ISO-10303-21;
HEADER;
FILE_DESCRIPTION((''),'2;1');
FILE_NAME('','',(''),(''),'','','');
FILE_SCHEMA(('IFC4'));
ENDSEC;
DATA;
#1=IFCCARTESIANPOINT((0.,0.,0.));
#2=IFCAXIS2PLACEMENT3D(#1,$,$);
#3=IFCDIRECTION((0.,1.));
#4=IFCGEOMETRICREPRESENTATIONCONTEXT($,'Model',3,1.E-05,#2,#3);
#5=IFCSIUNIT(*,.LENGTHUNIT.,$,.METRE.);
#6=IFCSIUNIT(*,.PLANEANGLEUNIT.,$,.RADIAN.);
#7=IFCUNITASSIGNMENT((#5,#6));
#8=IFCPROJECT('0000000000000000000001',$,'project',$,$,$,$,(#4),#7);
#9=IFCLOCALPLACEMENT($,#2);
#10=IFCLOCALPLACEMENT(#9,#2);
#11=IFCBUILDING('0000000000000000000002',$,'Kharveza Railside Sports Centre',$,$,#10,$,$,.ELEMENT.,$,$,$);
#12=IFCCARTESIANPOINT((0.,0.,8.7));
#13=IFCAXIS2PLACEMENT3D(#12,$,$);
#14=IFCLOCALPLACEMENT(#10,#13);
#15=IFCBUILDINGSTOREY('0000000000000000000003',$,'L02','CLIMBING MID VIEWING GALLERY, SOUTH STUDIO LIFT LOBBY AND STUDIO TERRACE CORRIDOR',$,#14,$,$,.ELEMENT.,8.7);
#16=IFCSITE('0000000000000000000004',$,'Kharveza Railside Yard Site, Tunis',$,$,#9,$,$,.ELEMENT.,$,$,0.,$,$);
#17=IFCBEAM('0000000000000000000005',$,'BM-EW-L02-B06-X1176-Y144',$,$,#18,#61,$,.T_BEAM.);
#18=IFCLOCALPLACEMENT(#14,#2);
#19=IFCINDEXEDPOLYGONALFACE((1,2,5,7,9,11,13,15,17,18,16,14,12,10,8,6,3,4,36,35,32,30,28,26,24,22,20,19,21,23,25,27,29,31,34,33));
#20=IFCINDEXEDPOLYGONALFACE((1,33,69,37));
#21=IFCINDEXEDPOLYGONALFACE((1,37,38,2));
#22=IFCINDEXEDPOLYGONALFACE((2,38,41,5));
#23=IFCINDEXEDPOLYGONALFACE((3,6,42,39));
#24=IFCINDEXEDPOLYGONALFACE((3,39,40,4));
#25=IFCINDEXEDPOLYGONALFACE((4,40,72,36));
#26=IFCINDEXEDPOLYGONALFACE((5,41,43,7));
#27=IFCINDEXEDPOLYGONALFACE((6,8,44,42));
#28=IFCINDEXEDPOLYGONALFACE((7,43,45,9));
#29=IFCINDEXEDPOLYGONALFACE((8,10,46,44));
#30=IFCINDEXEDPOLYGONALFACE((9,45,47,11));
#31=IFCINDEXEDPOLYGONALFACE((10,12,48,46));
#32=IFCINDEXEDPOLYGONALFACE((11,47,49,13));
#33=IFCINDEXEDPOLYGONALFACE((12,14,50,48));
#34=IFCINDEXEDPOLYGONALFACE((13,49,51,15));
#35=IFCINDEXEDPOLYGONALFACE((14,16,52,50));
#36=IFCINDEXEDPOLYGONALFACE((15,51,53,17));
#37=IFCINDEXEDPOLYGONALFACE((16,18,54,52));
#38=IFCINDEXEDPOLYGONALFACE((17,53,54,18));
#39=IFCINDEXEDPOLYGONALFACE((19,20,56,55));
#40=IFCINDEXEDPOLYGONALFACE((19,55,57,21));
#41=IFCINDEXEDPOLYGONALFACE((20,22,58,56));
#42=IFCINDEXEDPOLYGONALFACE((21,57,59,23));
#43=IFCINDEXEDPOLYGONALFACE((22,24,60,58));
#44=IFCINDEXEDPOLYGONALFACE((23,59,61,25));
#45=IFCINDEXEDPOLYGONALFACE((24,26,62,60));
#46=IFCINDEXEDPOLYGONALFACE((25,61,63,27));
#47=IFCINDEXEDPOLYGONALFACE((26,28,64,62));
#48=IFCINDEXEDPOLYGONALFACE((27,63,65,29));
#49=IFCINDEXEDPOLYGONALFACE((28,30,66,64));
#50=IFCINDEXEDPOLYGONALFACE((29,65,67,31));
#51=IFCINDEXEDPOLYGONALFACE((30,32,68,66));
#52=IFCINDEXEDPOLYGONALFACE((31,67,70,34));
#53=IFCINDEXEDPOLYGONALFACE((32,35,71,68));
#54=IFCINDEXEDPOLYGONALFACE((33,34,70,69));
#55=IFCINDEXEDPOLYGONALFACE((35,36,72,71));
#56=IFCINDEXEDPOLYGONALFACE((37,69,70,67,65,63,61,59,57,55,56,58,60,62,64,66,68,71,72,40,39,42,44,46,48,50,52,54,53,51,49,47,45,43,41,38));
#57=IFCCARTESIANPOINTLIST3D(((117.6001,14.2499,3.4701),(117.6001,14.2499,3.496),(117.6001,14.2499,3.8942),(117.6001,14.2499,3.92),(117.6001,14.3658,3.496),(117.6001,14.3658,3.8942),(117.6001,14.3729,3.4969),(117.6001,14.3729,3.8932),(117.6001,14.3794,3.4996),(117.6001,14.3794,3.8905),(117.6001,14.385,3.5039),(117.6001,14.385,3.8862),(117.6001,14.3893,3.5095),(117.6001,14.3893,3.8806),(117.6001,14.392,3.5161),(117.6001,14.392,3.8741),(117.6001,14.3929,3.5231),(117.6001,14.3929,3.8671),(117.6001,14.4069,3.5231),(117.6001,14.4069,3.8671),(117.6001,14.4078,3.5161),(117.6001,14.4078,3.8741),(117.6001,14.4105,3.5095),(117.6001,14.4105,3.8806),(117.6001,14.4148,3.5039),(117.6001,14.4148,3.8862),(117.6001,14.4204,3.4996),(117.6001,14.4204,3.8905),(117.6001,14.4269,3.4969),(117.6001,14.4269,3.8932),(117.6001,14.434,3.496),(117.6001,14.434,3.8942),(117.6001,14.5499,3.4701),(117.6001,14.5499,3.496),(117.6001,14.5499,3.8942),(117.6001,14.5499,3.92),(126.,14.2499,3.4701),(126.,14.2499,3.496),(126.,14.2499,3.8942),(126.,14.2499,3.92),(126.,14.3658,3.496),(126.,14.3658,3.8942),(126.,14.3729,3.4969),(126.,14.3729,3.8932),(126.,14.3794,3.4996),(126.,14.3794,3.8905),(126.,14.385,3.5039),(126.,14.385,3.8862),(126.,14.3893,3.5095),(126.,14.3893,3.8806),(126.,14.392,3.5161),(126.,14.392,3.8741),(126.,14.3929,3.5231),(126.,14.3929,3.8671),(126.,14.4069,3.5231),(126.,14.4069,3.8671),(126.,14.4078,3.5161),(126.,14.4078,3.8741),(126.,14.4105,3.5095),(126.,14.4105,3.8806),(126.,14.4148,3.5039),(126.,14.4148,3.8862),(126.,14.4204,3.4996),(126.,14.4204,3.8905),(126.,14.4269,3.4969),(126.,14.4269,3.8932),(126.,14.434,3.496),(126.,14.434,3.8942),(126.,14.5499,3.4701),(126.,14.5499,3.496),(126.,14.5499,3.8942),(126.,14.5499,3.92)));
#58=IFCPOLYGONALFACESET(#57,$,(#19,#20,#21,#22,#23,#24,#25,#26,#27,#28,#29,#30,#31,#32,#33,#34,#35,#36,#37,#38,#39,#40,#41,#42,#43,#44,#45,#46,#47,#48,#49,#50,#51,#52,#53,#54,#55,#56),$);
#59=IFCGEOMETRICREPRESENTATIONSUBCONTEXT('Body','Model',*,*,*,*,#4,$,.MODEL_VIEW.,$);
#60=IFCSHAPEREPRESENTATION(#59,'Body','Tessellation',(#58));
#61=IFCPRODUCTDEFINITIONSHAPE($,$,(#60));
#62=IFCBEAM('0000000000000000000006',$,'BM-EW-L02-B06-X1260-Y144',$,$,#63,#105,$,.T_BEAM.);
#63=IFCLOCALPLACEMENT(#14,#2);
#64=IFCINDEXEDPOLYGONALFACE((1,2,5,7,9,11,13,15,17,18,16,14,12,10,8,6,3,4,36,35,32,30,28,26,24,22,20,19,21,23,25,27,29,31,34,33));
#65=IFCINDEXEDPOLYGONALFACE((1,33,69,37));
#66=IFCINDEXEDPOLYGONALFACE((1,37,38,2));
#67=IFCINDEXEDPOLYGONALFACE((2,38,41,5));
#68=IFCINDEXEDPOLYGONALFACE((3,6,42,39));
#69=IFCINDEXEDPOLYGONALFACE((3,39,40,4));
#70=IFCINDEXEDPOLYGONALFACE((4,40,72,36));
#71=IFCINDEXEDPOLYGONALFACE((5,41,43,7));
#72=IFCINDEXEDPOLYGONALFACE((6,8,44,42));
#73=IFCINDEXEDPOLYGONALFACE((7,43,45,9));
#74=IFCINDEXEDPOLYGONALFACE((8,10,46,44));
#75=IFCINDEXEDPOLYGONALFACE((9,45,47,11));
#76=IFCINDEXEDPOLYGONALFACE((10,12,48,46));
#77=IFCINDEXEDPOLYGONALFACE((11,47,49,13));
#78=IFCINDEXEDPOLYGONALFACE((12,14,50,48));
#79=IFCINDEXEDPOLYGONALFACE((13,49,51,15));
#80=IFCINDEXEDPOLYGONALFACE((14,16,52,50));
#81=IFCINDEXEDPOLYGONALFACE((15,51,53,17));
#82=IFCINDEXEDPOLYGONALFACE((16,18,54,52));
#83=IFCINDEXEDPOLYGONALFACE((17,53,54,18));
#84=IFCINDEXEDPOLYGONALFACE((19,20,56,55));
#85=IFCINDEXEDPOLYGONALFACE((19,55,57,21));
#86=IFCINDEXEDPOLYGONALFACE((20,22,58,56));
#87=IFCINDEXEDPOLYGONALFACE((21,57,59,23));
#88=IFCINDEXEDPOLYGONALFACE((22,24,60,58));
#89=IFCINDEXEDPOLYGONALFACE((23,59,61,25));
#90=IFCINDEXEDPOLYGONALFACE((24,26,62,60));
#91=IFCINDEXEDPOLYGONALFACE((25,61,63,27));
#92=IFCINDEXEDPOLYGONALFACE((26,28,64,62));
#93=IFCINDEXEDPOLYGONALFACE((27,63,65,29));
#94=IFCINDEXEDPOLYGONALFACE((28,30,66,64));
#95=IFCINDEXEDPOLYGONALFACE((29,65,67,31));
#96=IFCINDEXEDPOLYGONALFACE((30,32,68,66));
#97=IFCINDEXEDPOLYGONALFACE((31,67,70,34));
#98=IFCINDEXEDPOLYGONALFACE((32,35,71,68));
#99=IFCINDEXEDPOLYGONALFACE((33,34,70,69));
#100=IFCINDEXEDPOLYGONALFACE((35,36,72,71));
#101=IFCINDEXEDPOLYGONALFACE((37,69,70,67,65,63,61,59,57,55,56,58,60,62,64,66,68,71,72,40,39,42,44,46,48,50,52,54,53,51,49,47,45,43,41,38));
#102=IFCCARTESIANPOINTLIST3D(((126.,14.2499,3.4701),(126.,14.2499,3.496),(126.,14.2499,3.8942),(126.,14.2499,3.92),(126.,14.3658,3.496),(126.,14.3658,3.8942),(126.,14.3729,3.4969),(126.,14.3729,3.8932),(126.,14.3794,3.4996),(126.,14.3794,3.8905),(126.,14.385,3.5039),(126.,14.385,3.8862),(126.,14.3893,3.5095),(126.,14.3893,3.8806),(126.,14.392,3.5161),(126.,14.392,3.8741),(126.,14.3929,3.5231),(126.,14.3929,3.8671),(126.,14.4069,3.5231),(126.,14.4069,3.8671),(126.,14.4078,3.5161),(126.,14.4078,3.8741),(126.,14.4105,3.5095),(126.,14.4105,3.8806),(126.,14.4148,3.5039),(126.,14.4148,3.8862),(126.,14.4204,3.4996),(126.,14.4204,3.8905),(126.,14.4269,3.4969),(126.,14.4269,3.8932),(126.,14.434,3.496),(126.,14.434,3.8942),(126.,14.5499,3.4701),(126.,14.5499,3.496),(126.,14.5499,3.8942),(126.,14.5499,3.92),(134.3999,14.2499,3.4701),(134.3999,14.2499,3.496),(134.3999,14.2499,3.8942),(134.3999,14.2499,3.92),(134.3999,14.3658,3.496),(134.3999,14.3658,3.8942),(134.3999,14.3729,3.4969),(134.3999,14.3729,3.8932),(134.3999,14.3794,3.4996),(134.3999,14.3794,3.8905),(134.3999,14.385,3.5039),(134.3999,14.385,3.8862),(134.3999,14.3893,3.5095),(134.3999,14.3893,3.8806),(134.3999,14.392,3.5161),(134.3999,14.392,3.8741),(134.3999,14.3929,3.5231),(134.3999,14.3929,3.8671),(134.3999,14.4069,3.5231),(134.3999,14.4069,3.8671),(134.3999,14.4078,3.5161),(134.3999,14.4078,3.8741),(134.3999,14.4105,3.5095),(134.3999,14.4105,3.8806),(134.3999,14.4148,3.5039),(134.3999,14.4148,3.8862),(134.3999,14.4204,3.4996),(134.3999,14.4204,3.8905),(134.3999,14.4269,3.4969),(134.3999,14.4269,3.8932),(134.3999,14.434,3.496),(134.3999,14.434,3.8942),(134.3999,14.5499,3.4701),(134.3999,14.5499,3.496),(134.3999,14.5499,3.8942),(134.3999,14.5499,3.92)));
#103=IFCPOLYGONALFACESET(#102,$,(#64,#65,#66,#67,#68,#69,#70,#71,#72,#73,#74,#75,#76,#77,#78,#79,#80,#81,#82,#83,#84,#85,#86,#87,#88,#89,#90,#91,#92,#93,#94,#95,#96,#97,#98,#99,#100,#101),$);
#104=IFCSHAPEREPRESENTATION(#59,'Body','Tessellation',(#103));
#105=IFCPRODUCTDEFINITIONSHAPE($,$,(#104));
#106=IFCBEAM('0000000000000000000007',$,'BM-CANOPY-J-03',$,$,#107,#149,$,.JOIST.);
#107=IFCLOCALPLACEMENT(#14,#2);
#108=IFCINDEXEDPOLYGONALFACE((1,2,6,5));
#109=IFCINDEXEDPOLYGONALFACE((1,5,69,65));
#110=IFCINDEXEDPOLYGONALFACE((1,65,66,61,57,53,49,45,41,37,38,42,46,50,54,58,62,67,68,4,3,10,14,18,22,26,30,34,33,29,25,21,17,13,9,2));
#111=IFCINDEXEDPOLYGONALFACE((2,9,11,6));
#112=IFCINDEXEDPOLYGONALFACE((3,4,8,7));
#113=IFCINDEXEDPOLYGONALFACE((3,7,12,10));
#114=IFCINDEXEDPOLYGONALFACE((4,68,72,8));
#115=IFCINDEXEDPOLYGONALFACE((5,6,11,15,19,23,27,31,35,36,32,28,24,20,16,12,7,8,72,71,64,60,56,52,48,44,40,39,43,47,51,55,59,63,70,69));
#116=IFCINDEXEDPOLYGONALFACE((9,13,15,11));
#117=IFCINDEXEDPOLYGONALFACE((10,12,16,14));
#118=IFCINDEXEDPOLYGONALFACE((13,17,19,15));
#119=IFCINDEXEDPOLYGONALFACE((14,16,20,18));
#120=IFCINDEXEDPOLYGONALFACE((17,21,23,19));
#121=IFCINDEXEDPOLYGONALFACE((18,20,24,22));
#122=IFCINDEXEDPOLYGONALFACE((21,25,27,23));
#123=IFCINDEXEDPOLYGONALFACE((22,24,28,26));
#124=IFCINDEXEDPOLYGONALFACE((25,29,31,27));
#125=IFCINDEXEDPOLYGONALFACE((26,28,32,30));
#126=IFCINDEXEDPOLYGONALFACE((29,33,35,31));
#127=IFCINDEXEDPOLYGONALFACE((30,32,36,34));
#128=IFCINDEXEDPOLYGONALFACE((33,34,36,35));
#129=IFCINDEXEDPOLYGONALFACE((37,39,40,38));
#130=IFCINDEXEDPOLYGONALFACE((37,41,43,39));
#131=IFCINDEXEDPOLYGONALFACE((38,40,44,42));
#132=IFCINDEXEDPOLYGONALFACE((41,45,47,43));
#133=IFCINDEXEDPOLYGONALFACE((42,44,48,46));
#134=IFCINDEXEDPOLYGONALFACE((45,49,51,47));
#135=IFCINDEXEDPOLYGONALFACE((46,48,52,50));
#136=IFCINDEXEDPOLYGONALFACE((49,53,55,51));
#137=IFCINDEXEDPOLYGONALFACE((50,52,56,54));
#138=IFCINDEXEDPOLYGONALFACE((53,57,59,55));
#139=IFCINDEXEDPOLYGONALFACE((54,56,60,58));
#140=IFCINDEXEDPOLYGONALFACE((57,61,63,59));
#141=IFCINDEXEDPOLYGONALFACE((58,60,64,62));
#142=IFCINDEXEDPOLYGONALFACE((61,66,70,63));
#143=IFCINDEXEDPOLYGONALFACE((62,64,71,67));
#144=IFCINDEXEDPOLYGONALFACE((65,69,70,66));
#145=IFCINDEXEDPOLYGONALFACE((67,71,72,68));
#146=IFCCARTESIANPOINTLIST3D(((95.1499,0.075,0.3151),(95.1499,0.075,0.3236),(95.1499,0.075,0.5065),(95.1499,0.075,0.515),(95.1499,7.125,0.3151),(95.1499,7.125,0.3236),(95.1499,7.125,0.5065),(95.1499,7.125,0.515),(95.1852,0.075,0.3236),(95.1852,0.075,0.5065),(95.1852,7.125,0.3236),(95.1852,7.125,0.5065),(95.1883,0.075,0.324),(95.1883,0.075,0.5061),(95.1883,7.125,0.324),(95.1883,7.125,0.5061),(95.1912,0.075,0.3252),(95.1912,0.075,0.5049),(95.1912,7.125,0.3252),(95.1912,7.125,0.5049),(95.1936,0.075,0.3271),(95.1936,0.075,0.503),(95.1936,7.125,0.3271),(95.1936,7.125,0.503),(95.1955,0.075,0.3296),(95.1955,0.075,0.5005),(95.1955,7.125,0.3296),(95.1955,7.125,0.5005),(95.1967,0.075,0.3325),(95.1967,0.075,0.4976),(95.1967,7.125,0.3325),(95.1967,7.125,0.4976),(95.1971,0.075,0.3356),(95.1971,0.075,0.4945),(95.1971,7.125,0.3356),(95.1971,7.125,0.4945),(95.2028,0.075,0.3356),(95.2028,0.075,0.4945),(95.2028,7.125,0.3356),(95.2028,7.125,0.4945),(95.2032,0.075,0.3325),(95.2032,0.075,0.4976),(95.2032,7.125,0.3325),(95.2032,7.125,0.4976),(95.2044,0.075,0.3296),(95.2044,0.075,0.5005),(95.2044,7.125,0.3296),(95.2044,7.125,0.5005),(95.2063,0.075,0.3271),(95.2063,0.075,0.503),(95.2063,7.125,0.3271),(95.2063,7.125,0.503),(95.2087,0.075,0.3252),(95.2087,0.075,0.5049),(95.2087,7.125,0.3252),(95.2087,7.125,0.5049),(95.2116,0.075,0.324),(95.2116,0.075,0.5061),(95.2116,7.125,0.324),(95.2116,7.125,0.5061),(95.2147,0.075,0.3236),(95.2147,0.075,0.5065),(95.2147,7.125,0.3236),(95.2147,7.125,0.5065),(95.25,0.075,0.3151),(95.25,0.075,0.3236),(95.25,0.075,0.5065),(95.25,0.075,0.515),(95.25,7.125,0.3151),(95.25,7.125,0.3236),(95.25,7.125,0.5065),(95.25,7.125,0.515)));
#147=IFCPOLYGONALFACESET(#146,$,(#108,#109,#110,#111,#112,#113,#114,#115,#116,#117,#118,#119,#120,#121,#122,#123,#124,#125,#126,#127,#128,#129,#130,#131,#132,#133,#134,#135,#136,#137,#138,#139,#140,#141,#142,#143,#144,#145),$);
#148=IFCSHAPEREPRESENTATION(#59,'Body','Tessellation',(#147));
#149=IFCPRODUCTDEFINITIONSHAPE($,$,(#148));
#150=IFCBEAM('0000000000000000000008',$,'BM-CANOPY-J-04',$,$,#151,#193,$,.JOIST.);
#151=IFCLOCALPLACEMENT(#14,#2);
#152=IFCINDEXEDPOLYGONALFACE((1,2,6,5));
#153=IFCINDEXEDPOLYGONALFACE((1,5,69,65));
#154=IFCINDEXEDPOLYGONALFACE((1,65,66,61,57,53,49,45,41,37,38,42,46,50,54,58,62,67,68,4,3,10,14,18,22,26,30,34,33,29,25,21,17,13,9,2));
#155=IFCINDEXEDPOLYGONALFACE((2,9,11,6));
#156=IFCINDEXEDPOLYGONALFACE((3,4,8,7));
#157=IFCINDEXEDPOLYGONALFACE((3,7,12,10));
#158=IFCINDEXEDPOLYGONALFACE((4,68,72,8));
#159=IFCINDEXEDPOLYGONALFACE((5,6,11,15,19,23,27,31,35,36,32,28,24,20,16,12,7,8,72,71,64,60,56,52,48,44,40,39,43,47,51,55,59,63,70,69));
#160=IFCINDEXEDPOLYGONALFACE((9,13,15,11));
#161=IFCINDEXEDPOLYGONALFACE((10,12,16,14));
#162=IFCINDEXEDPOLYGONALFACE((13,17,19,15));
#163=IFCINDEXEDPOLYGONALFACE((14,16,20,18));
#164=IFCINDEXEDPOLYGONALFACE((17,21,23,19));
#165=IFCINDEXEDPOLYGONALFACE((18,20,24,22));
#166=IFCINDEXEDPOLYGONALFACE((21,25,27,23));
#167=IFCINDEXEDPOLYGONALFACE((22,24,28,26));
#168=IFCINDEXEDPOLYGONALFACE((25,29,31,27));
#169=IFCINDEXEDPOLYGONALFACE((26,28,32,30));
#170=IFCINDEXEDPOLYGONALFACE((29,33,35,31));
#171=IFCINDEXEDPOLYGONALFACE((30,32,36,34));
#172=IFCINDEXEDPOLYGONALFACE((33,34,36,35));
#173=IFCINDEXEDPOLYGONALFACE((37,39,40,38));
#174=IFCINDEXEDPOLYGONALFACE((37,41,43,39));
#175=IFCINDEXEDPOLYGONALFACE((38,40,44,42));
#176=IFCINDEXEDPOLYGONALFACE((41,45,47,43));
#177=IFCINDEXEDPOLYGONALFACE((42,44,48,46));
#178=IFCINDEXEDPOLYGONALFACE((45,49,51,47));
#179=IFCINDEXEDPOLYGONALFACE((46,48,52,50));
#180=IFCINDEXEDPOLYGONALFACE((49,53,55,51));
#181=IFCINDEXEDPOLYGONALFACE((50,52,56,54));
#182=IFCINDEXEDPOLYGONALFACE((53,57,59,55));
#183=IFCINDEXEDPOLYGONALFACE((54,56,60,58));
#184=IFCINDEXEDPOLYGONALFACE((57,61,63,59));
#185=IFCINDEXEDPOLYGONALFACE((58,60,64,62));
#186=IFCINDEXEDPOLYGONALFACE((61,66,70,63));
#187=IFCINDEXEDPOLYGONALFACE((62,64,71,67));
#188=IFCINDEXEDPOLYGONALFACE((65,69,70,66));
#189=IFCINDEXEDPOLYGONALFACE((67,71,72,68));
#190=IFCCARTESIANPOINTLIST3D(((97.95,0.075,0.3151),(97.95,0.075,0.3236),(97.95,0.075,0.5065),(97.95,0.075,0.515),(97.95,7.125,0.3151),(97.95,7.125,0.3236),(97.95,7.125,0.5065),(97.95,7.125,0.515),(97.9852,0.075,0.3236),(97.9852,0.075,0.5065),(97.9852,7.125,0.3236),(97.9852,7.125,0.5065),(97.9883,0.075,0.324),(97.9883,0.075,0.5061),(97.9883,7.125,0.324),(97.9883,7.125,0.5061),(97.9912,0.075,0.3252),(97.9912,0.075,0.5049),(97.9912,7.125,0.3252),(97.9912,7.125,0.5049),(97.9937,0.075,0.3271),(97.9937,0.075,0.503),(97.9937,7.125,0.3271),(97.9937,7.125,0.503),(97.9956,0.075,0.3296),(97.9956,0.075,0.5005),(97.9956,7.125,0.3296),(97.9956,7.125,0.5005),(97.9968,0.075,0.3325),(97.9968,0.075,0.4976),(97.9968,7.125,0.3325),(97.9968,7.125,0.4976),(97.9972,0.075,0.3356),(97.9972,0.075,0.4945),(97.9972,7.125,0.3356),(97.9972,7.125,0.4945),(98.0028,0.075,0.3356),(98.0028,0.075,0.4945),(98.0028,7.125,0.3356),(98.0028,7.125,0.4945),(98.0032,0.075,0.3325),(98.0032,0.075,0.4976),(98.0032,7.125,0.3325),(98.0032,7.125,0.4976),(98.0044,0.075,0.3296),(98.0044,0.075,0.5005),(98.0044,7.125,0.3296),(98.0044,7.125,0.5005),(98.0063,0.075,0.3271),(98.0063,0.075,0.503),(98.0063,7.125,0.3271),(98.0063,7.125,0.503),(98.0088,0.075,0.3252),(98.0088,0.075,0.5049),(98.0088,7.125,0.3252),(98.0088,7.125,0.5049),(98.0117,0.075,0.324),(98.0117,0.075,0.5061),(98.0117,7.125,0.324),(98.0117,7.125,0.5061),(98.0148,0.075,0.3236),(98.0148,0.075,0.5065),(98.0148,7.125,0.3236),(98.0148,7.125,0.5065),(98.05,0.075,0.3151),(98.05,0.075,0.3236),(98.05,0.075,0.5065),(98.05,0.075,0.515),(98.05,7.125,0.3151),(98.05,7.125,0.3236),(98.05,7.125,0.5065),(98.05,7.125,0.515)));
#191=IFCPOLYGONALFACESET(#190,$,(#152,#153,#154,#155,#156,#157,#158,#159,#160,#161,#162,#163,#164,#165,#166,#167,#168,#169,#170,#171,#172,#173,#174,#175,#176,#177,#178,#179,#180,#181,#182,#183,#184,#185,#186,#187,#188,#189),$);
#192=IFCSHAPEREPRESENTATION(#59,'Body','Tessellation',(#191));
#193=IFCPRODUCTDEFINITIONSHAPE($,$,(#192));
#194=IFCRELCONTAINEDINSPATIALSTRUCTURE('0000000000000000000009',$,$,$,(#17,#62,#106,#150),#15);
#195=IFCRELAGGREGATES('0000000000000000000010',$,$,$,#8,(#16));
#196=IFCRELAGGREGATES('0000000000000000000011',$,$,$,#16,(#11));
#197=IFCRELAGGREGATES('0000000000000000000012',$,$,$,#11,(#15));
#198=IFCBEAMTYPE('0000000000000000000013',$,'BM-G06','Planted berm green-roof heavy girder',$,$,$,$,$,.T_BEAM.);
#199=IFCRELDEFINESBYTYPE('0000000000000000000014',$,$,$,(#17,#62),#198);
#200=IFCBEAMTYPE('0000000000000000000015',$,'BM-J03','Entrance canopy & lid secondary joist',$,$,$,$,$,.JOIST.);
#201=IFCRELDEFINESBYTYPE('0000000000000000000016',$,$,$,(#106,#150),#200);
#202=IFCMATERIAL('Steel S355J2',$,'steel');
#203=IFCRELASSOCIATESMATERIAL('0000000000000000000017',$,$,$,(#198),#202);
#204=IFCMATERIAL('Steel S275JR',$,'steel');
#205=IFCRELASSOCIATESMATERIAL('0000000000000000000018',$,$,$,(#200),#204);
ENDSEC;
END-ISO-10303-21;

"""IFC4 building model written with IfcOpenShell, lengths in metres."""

from ifc_helpers import new_model, si_unit, direction, frame, origin, origin_2d, place, context, subcontext, project, spatial, i_section, extrude, material, material_profile, profile_set, type_object, element, save


model = new_model("IFC4")

# Units and contexts
model_context = context("Model", 3, precision=1e-05, world=origin(), true_north=direction((0.0, 1.0)))
body_context = subcontext(model_context, "Body", "Model", "MODEL_VIEW")
ifc_project = project(units=[si_unit("LENGTHUNIT", "METRE"), si_unit("PLANEANGLEUNIT", "RADIAN")], contexts=[model_context])

# Site, building, storey
site_placement = place(None, origin())
site = spatial("IfcSite", under=ifc_project, at=site_placement, Name="Kharveza Railside Yard Site, Tunis", CompositionType="ELEMENT", RefElevation=0.0)
building_placement = place(site_placement, origin())
building = spatial("IfcBuilding", under=site, at=building_placement, Name="Kharveza Railside Sports Centre", CompositionType="ELEMENT")
storey_placement = place(building_placement, frame((0.0, 0.0, 8.7)))
storey = spatial("IfcBuildingStorey", under=building, at=storey_placement, Name="L02", Description="CLIMBING MID VIEWING GALLERY, SOUTH STUDIO LIFT LOBBY AND STUDIO TERRACE CORRIDOR", CompositionType="ELEMENT", Elevation=8.7)

# Shared definitions
ifc_material_1 = material(Name="Steel S355J2", Category="steel")

# Beams
ifc_material_profile_1 = material_profile(ifc_material_1, i_section(OverallWidth=0.3, OverallDepth=0.45, WebThickness=0.0139, FlangeThickness=0.0259, FilletRadius=0.0271, at=origin_2d()), Name="HEB 450")
ifc_profile_set_1 = profile_set([ifc_material_profile_1], Name="Steel S355J2")
beam_type_1 = type_object("IfcBeamType", Name="BM-G06", Description="Planted berm green-roof heavy girder", PredefinedType="T_BEAM", material=ifc_profile_set_1)
for number, where, z_axis, x_axis, name in (
    (1, (117.6001, 14.3999, 3.6951), (1.0, 0.0, 0.0), (0.0, 1.0, 0.0), "BM-EW-L02-B06-X1176-Y144"),
    (2, (126.0, 14.3999, 3.6951), (1.0, 0.0, 0.0), (0.0, 1.0, 0.0), "BM-EW-L02-B06-X1260-Y144"),
):
    element("IfcBeam", number, at=place(storey_placement, frame(where, z_axis=z_axis, x_axis=x_axis)), inside=storey, type_object=beam_type_1, Name=name, PredefinedType="T_BEAM", context=body_context, shape_type="SweptSolid", body=[
        extrude(i_section(OverallWidth=0.3, OverallDepth=0.45, WebThickness=0.0139, FlangeThickness=0.0259, FilletRadius=0.0271, at=origin_2d()), origin(), (0.0, 0.0, 1.0), 8.3999),
    ])
ifc_material_2 = material(Name="Steel S275JR", Category="steel")
ifc_material_profile_2 = material_profile(ifc_material_2, i_section(OverallWidth=0.1001, OverallDepth=0.2, WebThickness=0.0056, FlangeThickness=0.0085, FilletRadius=0.012, at=origin_2d()), Name="IPE 200")
ifc_profile_set_2 = profile_set([ifc_material_profile_2], Name="Steel S275JR")
beam_type_2 = type_object("IfcBeamType", Name="BM-J03", Description="Entrance canopy & lid secondary joist", PredefinedType="JOIST", material=ifc_profile_set_2)
for number, where, z_axis, x_axis, name in (
    (3, (95.2, 0.075, 0.415), (0.0, 1.0, 0.0), (-1.0, 0.0, 0.0), "BM-CANOPY-J-03"),
    (4, (98.0, 0.075, 0.415), (0.0, 1.0, 0.0), (-1.0, 0.0, 0.0), "BM-CANOPY-J-04"),
):
    element("IfcBeam", number, at=place(storey_placement, frame(where, z_axis=z_axis, x_axis=x_axis)), inside=storey, type_object=beam_type_2, Name=name, PredefinedType="JOIST", context=body_context, shape_type="SweptSolid", body=[
        extrude(i_section(OverallWidth=0.1001, OverallDepth=0.2, WebThickness=0.0056, FlangeThickness=0.0085, FilletRadius=0.012, at=origin_2d()), origin(), (0.0, 0.0, 1.0), 7.05),
    ])

save(model, "model.ifc")
